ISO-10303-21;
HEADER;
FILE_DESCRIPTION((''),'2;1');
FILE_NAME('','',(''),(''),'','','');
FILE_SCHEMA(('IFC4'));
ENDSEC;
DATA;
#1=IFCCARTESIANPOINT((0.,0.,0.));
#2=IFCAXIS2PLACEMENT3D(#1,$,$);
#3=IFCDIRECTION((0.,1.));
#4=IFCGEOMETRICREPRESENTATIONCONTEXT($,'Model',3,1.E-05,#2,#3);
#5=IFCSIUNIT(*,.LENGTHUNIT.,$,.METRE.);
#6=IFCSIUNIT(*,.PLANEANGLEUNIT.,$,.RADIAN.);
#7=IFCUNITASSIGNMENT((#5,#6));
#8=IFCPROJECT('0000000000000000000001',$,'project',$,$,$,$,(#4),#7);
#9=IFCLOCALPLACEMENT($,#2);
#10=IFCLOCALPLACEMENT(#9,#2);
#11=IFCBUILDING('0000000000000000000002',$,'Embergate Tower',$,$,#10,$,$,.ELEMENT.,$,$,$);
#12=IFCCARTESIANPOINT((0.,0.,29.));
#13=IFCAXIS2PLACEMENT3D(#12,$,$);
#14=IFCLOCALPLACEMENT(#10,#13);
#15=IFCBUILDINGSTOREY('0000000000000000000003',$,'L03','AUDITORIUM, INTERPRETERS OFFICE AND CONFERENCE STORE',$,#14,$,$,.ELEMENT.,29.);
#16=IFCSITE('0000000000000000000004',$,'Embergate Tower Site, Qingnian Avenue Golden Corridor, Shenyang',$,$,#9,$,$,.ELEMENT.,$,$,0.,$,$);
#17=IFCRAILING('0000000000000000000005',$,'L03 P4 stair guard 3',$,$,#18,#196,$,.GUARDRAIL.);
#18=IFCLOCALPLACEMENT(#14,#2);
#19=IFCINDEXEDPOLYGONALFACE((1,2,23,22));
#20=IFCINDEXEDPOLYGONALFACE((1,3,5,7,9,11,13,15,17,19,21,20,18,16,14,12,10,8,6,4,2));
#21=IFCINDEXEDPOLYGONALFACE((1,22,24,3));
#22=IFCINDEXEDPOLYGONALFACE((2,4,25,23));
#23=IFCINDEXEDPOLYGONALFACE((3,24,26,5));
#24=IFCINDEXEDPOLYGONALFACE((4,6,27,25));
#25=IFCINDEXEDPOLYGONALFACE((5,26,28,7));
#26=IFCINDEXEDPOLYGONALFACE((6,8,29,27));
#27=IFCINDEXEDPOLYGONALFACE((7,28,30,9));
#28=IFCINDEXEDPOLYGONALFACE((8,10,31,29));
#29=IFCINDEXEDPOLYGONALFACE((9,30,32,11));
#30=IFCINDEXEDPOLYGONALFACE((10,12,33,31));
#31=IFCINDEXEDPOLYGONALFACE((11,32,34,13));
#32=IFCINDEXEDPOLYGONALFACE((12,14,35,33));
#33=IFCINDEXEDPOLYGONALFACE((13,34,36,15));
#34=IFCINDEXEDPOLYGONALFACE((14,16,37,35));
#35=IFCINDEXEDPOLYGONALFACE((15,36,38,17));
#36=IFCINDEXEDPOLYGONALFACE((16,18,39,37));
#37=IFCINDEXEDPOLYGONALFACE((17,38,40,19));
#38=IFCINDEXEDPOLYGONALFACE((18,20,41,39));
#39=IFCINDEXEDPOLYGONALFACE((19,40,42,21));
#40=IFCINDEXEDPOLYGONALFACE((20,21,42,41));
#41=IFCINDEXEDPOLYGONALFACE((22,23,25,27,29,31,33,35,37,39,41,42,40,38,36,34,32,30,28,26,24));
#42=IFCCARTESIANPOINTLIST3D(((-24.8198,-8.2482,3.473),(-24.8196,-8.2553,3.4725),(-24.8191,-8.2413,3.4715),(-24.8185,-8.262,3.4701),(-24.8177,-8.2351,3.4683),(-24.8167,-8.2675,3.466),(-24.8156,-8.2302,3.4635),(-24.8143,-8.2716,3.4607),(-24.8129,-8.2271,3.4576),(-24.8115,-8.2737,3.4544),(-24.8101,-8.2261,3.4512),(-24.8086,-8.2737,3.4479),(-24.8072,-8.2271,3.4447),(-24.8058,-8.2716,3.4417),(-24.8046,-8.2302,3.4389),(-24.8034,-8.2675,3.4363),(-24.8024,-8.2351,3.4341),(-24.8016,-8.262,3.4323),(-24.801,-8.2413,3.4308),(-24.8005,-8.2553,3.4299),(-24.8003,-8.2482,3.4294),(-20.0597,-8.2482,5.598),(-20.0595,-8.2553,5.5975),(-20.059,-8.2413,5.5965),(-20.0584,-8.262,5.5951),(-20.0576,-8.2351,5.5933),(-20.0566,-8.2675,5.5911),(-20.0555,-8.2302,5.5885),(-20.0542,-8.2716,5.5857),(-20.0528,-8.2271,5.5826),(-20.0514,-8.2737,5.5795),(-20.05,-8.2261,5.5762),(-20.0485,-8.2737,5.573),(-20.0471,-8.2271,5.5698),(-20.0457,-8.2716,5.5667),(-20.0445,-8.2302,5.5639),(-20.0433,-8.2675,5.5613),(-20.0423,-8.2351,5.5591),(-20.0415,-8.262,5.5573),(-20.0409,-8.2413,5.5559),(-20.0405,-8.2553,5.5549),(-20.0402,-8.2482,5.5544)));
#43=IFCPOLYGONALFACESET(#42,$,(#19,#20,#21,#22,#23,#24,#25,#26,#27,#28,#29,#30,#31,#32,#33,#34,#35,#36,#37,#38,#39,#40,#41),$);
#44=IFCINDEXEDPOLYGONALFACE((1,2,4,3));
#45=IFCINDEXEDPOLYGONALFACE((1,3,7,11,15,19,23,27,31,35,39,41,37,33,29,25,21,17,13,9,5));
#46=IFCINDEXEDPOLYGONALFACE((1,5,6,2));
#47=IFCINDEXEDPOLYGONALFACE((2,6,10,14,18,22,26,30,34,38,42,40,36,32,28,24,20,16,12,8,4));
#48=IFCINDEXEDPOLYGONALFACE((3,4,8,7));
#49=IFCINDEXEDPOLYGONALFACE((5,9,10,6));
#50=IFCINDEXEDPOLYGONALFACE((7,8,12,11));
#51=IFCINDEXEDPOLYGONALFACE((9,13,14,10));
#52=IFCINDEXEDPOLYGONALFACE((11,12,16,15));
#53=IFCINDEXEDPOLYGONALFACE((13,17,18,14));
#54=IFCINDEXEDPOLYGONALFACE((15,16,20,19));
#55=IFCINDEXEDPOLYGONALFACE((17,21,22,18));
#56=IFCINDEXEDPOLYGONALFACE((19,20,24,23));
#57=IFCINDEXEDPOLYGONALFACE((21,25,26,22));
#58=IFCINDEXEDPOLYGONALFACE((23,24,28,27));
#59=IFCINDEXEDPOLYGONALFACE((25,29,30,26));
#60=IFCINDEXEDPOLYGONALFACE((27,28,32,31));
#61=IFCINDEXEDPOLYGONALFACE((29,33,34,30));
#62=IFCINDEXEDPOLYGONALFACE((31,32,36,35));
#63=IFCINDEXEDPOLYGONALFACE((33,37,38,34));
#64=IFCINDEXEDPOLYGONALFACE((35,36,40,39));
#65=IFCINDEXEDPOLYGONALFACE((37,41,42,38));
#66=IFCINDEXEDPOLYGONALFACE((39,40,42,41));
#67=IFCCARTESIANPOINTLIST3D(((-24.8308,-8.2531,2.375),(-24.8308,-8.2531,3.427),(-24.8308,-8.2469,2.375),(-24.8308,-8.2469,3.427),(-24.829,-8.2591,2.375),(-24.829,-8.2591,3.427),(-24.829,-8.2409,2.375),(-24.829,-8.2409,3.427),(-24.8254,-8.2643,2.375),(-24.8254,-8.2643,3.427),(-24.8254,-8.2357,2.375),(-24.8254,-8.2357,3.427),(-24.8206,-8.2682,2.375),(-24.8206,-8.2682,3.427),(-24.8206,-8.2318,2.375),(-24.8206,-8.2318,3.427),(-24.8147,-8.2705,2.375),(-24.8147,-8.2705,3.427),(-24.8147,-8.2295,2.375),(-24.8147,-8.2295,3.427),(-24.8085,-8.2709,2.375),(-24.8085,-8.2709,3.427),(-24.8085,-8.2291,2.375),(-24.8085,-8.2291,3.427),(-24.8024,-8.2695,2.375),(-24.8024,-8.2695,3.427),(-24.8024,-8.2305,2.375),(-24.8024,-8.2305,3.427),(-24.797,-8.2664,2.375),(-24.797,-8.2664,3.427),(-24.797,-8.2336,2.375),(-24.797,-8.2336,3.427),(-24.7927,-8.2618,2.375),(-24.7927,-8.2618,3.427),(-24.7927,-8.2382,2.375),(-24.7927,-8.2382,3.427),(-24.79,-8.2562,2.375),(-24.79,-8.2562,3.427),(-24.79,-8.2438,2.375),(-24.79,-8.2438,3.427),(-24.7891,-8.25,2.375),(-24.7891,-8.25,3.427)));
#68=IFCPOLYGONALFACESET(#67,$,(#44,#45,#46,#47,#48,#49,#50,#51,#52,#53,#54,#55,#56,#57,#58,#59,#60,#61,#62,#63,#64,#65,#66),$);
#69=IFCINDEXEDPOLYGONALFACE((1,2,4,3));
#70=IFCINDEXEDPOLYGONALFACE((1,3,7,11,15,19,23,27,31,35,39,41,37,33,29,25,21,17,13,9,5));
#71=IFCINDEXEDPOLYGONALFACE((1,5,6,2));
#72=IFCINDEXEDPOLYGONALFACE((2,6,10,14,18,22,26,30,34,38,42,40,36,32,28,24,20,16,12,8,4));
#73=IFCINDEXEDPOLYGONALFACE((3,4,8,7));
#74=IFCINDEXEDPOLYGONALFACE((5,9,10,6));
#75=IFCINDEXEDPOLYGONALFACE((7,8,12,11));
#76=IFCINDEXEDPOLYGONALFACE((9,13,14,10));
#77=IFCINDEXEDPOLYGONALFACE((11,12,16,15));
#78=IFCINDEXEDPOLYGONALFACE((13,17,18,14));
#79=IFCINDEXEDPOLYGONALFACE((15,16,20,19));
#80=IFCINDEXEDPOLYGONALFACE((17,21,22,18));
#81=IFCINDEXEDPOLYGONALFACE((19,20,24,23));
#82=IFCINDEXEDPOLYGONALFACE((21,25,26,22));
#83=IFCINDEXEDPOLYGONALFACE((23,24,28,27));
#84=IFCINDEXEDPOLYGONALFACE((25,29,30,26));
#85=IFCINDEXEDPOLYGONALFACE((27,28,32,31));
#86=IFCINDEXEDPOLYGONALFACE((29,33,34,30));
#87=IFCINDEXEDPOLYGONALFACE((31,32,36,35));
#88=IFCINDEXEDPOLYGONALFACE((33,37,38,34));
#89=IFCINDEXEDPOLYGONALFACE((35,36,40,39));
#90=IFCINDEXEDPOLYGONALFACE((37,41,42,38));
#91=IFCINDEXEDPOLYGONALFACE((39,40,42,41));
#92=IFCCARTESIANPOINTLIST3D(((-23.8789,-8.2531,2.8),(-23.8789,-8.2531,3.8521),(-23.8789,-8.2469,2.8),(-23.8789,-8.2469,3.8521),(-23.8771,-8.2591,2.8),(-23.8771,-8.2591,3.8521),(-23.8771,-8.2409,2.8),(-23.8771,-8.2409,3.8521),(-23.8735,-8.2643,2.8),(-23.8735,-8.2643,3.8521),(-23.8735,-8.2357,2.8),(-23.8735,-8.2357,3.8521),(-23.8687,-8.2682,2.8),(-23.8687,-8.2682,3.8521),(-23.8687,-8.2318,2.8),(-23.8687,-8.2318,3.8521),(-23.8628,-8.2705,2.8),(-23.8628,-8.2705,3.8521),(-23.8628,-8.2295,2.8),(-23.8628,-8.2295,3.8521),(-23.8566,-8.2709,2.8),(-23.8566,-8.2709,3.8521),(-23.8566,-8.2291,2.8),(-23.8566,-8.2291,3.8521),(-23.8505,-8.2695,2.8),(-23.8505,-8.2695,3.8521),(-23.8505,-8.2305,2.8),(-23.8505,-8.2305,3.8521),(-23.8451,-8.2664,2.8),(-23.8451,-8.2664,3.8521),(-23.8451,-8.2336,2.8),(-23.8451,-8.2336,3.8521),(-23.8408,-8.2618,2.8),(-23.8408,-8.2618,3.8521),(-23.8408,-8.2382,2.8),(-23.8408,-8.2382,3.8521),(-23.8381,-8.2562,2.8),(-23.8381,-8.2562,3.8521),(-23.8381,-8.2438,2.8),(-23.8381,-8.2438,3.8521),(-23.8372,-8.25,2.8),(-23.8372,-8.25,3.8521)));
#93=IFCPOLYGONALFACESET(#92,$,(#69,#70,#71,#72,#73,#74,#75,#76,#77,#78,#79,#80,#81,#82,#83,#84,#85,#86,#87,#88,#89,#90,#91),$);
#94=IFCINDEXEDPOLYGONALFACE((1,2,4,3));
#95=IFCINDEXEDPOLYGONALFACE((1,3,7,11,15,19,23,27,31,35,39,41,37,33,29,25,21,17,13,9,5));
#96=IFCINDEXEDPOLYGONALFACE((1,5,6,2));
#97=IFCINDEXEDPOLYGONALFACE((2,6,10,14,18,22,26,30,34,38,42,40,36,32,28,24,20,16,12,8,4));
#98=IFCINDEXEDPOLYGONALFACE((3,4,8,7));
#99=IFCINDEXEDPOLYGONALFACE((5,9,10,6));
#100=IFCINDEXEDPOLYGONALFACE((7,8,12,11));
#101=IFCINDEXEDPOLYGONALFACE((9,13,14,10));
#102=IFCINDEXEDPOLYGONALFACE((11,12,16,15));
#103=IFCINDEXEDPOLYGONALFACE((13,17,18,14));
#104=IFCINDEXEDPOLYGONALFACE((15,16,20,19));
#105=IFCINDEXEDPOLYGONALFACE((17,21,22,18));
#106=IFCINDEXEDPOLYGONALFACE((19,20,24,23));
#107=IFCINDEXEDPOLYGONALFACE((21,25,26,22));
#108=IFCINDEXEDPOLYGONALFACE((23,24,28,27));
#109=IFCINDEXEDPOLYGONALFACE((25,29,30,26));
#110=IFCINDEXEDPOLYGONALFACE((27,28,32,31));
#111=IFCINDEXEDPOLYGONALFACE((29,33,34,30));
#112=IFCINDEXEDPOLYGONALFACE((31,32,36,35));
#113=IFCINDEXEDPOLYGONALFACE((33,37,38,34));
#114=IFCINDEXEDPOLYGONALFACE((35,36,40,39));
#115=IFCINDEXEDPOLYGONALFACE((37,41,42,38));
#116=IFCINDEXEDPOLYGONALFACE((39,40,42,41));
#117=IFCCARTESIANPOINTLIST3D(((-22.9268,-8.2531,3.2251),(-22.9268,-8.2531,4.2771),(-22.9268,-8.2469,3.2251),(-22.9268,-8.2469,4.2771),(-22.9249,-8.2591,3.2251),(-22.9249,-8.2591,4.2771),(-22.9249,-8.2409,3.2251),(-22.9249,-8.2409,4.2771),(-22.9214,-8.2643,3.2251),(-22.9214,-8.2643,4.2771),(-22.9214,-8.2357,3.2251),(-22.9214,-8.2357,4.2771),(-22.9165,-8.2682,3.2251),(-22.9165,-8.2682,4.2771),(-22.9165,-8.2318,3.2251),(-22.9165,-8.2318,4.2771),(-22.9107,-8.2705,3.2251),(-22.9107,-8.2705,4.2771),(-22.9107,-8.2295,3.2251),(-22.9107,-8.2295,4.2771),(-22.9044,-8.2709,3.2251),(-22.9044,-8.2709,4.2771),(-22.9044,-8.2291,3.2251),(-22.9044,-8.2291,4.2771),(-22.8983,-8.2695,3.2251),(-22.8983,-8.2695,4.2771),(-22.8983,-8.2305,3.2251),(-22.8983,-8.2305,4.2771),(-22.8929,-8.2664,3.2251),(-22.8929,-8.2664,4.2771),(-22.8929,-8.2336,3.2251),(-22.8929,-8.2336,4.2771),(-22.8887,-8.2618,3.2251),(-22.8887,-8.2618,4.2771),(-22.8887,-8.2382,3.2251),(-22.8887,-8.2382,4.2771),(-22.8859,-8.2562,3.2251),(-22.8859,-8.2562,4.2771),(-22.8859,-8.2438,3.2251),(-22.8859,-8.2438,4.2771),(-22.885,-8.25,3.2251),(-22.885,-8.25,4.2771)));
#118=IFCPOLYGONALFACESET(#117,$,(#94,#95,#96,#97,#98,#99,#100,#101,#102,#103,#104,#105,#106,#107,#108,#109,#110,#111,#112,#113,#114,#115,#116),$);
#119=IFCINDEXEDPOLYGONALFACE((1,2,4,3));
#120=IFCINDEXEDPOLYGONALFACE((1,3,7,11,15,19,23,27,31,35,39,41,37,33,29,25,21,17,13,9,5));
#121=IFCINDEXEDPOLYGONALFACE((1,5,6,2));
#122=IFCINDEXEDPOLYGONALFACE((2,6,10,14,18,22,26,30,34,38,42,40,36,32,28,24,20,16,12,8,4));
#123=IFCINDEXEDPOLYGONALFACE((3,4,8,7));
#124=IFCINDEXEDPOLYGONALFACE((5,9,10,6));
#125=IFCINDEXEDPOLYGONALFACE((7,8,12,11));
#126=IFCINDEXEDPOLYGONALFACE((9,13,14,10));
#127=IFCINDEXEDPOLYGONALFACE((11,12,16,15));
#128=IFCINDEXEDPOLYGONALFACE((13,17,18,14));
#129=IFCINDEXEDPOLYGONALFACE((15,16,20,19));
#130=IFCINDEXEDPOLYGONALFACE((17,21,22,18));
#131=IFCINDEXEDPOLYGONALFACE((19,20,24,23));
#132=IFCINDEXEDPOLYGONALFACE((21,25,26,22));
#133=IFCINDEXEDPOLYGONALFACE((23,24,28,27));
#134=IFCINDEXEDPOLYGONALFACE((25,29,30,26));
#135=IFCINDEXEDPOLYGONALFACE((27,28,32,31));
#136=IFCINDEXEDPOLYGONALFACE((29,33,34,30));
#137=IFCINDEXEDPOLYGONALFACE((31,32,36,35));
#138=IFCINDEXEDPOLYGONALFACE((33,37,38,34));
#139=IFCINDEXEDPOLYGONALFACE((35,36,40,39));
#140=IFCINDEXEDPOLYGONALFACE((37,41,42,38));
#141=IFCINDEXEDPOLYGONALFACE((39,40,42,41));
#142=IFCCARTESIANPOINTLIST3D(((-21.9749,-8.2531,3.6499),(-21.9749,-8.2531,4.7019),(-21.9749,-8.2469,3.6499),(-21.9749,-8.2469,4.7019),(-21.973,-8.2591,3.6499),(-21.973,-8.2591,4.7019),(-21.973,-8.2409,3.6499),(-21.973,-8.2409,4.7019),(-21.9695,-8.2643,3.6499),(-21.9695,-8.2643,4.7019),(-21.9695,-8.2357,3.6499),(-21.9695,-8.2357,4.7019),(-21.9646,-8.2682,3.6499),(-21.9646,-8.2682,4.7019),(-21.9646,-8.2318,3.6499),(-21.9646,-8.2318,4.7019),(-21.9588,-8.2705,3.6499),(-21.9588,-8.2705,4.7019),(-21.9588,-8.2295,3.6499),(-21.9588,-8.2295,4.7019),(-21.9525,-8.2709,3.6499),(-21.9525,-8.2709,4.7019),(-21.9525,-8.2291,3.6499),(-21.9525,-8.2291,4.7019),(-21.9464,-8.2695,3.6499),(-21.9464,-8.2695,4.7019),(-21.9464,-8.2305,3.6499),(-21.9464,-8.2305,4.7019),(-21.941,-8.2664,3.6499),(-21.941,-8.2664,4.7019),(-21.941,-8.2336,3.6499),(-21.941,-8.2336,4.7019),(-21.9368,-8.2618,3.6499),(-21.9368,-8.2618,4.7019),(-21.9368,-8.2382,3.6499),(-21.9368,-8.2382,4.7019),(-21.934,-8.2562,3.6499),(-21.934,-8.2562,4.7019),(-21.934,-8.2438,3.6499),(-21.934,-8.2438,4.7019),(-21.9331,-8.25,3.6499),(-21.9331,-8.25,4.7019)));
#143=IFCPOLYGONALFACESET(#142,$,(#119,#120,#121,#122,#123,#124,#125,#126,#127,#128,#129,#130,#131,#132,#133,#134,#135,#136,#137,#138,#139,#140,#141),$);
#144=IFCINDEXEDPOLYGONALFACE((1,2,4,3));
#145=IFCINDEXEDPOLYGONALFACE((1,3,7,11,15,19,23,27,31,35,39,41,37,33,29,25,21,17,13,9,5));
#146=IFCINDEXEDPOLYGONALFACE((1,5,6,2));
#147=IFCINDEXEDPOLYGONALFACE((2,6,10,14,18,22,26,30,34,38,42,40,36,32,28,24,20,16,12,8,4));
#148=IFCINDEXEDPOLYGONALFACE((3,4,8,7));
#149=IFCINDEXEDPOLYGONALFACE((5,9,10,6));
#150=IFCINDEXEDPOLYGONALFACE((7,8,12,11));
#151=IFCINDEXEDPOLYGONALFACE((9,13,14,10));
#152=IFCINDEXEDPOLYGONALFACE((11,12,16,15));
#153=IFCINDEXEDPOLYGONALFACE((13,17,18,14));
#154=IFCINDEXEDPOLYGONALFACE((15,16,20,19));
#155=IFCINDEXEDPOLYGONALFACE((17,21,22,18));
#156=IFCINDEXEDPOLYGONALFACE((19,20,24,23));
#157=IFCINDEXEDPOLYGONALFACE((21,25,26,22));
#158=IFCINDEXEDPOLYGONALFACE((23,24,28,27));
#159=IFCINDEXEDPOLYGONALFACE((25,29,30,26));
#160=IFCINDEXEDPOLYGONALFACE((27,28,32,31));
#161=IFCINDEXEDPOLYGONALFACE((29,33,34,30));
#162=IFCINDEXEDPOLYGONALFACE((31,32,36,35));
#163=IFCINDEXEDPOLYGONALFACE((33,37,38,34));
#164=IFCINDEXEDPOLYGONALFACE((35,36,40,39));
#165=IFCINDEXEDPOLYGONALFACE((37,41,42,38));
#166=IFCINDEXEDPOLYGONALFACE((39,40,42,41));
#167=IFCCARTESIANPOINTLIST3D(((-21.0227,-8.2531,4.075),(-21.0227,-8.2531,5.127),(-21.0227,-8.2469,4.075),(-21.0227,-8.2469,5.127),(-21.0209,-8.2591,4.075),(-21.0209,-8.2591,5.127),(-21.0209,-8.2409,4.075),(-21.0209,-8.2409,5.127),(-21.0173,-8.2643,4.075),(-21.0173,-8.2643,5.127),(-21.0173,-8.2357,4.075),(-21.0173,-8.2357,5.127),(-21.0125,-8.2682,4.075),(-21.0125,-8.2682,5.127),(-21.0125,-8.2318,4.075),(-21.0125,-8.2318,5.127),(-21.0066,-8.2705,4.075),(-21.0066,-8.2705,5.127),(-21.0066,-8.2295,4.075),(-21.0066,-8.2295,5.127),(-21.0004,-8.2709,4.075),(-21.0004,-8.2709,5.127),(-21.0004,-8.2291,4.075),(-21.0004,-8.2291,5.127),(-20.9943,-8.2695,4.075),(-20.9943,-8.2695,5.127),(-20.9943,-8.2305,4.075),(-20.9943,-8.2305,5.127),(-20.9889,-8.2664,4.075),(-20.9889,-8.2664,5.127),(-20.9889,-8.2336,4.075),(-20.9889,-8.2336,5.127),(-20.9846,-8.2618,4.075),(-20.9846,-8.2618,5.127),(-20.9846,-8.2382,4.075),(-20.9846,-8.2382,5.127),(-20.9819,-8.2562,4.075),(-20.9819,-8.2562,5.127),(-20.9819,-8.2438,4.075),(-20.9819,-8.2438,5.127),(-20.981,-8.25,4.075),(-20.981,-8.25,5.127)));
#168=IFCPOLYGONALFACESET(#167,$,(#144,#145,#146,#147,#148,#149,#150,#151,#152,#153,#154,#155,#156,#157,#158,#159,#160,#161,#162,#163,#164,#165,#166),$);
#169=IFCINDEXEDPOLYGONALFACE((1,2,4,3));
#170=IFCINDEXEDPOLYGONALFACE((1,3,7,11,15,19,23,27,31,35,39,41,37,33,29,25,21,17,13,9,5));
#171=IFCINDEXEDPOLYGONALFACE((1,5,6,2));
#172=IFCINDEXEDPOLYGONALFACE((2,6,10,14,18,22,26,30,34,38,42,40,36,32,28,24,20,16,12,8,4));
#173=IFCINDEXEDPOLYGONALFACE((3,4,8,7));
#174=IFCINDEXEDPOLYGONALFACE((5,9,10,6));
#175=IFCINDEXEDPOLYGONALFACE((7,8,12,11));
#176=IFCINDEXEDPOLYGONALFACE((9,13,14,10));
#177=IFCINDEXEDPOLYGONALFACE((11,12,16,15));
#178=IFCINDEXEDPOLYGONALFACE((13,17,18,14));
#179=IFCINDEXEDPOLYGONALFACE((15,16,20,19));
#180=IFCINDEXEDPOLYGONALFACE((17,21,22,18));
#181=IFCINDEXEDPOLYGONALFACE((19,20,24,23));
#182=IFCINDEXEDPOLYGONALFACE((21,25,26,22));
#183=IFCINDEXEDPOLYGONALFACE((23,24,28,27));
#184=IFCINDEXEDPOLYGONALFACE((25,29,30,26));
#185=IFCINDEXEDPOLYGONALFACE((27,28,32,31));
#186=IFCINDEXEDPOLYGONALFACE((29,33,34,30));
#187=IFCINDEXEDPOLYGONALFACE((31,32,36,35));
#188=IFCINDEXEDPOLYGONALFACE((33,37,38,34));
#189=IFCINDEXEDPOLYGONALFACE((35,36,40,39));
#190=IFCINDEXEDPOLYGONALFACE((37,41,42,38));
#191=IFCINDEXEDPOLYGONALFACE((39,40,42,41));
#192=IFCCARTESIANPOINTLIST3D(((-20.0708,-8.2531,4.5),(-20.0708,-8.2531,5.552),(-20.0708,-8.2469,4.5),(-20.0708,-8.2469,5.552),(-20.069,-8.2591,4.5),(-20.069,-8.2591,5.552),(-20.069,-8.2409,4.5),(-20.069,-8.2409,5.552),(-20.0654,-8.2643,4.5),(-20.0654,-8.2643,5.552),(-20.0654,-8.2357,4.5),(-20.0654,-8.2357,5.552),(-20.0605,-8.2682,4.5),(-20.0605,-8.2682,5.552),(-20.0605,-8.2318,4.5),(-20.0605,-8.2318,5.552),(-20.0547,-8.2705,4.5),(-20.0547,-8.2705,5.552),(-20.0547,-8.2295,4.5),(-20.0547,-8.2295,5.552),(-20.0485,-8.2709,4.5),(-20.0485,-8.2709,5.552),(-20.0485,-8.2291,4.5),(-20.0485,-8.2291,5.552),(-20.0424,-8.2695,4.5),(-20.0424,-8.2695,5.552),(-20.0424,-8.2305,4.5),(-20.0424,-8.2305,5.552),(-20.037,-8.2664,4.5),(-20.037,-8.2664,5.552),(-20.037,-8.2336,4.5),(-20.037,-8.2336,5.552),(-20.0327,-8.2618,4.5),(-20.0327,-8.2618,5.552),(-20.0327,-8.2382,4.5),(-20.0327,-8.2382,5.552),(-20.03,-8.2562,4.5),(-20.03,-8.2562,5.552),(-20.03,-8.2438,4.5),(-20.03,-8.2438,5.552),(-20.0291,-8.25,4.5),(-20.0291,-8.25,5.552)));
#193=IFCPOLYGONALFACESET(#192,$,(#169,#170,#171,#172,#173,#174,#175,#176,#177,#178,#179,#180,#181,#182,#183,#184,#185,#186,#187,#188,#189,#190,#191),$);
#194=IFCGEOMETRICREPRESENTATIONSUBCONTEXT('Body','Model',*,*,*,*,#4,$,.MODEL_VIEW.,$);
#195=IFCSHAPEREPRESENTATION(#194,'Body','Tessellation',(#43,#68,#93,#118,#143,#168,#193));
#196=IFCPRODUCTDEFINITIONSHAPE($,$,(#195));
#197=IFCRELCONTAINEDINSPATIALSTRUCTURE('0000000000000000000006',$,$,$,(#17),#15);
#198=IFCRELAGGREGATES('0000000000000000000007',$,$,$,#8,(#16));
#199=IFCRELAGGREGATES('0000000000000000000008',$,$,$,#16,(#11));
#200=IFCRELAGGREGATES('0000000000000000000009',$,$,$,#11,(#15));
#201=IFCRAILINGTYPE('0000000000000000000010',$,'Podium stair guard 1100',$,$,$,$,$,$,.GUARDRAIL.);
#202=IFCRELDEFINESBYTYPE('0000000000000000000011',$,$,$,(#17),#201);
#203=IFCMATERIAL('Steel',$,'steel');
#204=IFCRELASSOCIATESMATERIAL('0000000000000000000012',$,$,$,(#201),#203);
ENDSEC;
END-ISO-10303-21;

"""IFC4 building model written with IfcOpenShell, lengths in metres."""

from ifc_helpers import new_model, si_unit, direction, frame, origin, origin_2d, place, context, subcontext, project, spatial, circle, extrude, source, transform, mapped, material, type_object, element, save


model = new_model("IFC4")

# Units and contexts
model_context = context("Model", 3, precision=1e-05, world=origin(), true_north=direction((0.0, 1.0)))
body_context = subcontext(model_context, "Body", "Model", "MODEL_VIEW")
ifc_project = project(units=[si_unit("LENGTHUNIT", "METRE"), si_unit("PLANEANGLEUNIT", "RADIAN")], contexts=[model_context])

# Site, building, storey
site_placement = place(None, origin())
site = spatial("IfcSite", under=ifc_project, at=site_placement, Name="Embergate Tower Site, Qingnian Avenue Golden Corridor, Shenyang", CompositionType="ELEMENT", RefElevation=0.0)
building_placement = place(site_placement, origin())
building = spatial("IfcBuilding", under=site, at=building_placement, Name="Embergate Tower", CompositionType="ELEMENT")
storey_placement = place(building_placement, frame((0.0, 0.0, 29.0)))
storey = spatial("IfcBuildingStorey", under=building, at=storey_placement, Name="L03", Description="AUDITORIUM, INTERPRETERS OFFICE AND CONFERENCE STORE", CompositionType="ELEMENT", Elevation=29.0)

# Railing
ifc_material_1 = material(Name="Steel", Category="steel")
railing_type = type_object("IfcRailingType", Name="Podium stair guard 1100", PredefinedType="GUARDRAIL", material=ifc_material_1)
shared_shape_1 = source(origin(), body_context, "Body", "SweptSolid", [
    extrude(circle(Radius=0.0239, at=origin_2d()), frame((0.0, 0.0, 1.0762), z_axis=(0.913138, 0.0, 0.40765), x_axis=(0.0, 1.0, 0.0)), (0.0, 0.0, 1.0), 5.2129),
    extrude(circle(Radius=0.021, at=origin_2d()), origin(), (0.0, 0.0, 1.0), 1.052),
    extrude(circle(Radius=0.021, at=origin_2d()), frame((0.9519, 0.0, 0.425)), (0.0, 0.0, 1.0), 1.052),
    extrude(circle(Radius=0.021, at=origin_2d()), frame((1.9041, 0.0, 0.8501)), (0.0, 0.0, 1.0), 1.052),
    extrude(circle(Radius=0.021, at=origin_2d()), frame((2.856, 0.0, 1.2749)), (0.0, 0.0, 1.0), 1.052),
    extrude(circle(Radius=0.021, at=origin_2d()), frame((3.8081, 0.0, 1.7)), (0.0, 0.0, 1.0), 1.052),
    extrude(circle(Radius=0.021, at=origin_2d()), frame((4.76, 0.0, 2.125)), (0.0, 0.0, 1.0), 1.052),
])
railing_placement = place(storey_placement, frame((-24.8101, -8.25, 2.375)))
element("IfcRailing", 1, at=railing_placement, inside=storey, type_object=railing_type, Name="L03 P4 stair guard 3", PredefinedType="GUARDRAIL", context=body_context, shape_type="MappedRepresentation", body=[
    mapped(shared_shape_1, transform((0.0, 0.0, 0.0))),
])

save(model, "model.ifc")
